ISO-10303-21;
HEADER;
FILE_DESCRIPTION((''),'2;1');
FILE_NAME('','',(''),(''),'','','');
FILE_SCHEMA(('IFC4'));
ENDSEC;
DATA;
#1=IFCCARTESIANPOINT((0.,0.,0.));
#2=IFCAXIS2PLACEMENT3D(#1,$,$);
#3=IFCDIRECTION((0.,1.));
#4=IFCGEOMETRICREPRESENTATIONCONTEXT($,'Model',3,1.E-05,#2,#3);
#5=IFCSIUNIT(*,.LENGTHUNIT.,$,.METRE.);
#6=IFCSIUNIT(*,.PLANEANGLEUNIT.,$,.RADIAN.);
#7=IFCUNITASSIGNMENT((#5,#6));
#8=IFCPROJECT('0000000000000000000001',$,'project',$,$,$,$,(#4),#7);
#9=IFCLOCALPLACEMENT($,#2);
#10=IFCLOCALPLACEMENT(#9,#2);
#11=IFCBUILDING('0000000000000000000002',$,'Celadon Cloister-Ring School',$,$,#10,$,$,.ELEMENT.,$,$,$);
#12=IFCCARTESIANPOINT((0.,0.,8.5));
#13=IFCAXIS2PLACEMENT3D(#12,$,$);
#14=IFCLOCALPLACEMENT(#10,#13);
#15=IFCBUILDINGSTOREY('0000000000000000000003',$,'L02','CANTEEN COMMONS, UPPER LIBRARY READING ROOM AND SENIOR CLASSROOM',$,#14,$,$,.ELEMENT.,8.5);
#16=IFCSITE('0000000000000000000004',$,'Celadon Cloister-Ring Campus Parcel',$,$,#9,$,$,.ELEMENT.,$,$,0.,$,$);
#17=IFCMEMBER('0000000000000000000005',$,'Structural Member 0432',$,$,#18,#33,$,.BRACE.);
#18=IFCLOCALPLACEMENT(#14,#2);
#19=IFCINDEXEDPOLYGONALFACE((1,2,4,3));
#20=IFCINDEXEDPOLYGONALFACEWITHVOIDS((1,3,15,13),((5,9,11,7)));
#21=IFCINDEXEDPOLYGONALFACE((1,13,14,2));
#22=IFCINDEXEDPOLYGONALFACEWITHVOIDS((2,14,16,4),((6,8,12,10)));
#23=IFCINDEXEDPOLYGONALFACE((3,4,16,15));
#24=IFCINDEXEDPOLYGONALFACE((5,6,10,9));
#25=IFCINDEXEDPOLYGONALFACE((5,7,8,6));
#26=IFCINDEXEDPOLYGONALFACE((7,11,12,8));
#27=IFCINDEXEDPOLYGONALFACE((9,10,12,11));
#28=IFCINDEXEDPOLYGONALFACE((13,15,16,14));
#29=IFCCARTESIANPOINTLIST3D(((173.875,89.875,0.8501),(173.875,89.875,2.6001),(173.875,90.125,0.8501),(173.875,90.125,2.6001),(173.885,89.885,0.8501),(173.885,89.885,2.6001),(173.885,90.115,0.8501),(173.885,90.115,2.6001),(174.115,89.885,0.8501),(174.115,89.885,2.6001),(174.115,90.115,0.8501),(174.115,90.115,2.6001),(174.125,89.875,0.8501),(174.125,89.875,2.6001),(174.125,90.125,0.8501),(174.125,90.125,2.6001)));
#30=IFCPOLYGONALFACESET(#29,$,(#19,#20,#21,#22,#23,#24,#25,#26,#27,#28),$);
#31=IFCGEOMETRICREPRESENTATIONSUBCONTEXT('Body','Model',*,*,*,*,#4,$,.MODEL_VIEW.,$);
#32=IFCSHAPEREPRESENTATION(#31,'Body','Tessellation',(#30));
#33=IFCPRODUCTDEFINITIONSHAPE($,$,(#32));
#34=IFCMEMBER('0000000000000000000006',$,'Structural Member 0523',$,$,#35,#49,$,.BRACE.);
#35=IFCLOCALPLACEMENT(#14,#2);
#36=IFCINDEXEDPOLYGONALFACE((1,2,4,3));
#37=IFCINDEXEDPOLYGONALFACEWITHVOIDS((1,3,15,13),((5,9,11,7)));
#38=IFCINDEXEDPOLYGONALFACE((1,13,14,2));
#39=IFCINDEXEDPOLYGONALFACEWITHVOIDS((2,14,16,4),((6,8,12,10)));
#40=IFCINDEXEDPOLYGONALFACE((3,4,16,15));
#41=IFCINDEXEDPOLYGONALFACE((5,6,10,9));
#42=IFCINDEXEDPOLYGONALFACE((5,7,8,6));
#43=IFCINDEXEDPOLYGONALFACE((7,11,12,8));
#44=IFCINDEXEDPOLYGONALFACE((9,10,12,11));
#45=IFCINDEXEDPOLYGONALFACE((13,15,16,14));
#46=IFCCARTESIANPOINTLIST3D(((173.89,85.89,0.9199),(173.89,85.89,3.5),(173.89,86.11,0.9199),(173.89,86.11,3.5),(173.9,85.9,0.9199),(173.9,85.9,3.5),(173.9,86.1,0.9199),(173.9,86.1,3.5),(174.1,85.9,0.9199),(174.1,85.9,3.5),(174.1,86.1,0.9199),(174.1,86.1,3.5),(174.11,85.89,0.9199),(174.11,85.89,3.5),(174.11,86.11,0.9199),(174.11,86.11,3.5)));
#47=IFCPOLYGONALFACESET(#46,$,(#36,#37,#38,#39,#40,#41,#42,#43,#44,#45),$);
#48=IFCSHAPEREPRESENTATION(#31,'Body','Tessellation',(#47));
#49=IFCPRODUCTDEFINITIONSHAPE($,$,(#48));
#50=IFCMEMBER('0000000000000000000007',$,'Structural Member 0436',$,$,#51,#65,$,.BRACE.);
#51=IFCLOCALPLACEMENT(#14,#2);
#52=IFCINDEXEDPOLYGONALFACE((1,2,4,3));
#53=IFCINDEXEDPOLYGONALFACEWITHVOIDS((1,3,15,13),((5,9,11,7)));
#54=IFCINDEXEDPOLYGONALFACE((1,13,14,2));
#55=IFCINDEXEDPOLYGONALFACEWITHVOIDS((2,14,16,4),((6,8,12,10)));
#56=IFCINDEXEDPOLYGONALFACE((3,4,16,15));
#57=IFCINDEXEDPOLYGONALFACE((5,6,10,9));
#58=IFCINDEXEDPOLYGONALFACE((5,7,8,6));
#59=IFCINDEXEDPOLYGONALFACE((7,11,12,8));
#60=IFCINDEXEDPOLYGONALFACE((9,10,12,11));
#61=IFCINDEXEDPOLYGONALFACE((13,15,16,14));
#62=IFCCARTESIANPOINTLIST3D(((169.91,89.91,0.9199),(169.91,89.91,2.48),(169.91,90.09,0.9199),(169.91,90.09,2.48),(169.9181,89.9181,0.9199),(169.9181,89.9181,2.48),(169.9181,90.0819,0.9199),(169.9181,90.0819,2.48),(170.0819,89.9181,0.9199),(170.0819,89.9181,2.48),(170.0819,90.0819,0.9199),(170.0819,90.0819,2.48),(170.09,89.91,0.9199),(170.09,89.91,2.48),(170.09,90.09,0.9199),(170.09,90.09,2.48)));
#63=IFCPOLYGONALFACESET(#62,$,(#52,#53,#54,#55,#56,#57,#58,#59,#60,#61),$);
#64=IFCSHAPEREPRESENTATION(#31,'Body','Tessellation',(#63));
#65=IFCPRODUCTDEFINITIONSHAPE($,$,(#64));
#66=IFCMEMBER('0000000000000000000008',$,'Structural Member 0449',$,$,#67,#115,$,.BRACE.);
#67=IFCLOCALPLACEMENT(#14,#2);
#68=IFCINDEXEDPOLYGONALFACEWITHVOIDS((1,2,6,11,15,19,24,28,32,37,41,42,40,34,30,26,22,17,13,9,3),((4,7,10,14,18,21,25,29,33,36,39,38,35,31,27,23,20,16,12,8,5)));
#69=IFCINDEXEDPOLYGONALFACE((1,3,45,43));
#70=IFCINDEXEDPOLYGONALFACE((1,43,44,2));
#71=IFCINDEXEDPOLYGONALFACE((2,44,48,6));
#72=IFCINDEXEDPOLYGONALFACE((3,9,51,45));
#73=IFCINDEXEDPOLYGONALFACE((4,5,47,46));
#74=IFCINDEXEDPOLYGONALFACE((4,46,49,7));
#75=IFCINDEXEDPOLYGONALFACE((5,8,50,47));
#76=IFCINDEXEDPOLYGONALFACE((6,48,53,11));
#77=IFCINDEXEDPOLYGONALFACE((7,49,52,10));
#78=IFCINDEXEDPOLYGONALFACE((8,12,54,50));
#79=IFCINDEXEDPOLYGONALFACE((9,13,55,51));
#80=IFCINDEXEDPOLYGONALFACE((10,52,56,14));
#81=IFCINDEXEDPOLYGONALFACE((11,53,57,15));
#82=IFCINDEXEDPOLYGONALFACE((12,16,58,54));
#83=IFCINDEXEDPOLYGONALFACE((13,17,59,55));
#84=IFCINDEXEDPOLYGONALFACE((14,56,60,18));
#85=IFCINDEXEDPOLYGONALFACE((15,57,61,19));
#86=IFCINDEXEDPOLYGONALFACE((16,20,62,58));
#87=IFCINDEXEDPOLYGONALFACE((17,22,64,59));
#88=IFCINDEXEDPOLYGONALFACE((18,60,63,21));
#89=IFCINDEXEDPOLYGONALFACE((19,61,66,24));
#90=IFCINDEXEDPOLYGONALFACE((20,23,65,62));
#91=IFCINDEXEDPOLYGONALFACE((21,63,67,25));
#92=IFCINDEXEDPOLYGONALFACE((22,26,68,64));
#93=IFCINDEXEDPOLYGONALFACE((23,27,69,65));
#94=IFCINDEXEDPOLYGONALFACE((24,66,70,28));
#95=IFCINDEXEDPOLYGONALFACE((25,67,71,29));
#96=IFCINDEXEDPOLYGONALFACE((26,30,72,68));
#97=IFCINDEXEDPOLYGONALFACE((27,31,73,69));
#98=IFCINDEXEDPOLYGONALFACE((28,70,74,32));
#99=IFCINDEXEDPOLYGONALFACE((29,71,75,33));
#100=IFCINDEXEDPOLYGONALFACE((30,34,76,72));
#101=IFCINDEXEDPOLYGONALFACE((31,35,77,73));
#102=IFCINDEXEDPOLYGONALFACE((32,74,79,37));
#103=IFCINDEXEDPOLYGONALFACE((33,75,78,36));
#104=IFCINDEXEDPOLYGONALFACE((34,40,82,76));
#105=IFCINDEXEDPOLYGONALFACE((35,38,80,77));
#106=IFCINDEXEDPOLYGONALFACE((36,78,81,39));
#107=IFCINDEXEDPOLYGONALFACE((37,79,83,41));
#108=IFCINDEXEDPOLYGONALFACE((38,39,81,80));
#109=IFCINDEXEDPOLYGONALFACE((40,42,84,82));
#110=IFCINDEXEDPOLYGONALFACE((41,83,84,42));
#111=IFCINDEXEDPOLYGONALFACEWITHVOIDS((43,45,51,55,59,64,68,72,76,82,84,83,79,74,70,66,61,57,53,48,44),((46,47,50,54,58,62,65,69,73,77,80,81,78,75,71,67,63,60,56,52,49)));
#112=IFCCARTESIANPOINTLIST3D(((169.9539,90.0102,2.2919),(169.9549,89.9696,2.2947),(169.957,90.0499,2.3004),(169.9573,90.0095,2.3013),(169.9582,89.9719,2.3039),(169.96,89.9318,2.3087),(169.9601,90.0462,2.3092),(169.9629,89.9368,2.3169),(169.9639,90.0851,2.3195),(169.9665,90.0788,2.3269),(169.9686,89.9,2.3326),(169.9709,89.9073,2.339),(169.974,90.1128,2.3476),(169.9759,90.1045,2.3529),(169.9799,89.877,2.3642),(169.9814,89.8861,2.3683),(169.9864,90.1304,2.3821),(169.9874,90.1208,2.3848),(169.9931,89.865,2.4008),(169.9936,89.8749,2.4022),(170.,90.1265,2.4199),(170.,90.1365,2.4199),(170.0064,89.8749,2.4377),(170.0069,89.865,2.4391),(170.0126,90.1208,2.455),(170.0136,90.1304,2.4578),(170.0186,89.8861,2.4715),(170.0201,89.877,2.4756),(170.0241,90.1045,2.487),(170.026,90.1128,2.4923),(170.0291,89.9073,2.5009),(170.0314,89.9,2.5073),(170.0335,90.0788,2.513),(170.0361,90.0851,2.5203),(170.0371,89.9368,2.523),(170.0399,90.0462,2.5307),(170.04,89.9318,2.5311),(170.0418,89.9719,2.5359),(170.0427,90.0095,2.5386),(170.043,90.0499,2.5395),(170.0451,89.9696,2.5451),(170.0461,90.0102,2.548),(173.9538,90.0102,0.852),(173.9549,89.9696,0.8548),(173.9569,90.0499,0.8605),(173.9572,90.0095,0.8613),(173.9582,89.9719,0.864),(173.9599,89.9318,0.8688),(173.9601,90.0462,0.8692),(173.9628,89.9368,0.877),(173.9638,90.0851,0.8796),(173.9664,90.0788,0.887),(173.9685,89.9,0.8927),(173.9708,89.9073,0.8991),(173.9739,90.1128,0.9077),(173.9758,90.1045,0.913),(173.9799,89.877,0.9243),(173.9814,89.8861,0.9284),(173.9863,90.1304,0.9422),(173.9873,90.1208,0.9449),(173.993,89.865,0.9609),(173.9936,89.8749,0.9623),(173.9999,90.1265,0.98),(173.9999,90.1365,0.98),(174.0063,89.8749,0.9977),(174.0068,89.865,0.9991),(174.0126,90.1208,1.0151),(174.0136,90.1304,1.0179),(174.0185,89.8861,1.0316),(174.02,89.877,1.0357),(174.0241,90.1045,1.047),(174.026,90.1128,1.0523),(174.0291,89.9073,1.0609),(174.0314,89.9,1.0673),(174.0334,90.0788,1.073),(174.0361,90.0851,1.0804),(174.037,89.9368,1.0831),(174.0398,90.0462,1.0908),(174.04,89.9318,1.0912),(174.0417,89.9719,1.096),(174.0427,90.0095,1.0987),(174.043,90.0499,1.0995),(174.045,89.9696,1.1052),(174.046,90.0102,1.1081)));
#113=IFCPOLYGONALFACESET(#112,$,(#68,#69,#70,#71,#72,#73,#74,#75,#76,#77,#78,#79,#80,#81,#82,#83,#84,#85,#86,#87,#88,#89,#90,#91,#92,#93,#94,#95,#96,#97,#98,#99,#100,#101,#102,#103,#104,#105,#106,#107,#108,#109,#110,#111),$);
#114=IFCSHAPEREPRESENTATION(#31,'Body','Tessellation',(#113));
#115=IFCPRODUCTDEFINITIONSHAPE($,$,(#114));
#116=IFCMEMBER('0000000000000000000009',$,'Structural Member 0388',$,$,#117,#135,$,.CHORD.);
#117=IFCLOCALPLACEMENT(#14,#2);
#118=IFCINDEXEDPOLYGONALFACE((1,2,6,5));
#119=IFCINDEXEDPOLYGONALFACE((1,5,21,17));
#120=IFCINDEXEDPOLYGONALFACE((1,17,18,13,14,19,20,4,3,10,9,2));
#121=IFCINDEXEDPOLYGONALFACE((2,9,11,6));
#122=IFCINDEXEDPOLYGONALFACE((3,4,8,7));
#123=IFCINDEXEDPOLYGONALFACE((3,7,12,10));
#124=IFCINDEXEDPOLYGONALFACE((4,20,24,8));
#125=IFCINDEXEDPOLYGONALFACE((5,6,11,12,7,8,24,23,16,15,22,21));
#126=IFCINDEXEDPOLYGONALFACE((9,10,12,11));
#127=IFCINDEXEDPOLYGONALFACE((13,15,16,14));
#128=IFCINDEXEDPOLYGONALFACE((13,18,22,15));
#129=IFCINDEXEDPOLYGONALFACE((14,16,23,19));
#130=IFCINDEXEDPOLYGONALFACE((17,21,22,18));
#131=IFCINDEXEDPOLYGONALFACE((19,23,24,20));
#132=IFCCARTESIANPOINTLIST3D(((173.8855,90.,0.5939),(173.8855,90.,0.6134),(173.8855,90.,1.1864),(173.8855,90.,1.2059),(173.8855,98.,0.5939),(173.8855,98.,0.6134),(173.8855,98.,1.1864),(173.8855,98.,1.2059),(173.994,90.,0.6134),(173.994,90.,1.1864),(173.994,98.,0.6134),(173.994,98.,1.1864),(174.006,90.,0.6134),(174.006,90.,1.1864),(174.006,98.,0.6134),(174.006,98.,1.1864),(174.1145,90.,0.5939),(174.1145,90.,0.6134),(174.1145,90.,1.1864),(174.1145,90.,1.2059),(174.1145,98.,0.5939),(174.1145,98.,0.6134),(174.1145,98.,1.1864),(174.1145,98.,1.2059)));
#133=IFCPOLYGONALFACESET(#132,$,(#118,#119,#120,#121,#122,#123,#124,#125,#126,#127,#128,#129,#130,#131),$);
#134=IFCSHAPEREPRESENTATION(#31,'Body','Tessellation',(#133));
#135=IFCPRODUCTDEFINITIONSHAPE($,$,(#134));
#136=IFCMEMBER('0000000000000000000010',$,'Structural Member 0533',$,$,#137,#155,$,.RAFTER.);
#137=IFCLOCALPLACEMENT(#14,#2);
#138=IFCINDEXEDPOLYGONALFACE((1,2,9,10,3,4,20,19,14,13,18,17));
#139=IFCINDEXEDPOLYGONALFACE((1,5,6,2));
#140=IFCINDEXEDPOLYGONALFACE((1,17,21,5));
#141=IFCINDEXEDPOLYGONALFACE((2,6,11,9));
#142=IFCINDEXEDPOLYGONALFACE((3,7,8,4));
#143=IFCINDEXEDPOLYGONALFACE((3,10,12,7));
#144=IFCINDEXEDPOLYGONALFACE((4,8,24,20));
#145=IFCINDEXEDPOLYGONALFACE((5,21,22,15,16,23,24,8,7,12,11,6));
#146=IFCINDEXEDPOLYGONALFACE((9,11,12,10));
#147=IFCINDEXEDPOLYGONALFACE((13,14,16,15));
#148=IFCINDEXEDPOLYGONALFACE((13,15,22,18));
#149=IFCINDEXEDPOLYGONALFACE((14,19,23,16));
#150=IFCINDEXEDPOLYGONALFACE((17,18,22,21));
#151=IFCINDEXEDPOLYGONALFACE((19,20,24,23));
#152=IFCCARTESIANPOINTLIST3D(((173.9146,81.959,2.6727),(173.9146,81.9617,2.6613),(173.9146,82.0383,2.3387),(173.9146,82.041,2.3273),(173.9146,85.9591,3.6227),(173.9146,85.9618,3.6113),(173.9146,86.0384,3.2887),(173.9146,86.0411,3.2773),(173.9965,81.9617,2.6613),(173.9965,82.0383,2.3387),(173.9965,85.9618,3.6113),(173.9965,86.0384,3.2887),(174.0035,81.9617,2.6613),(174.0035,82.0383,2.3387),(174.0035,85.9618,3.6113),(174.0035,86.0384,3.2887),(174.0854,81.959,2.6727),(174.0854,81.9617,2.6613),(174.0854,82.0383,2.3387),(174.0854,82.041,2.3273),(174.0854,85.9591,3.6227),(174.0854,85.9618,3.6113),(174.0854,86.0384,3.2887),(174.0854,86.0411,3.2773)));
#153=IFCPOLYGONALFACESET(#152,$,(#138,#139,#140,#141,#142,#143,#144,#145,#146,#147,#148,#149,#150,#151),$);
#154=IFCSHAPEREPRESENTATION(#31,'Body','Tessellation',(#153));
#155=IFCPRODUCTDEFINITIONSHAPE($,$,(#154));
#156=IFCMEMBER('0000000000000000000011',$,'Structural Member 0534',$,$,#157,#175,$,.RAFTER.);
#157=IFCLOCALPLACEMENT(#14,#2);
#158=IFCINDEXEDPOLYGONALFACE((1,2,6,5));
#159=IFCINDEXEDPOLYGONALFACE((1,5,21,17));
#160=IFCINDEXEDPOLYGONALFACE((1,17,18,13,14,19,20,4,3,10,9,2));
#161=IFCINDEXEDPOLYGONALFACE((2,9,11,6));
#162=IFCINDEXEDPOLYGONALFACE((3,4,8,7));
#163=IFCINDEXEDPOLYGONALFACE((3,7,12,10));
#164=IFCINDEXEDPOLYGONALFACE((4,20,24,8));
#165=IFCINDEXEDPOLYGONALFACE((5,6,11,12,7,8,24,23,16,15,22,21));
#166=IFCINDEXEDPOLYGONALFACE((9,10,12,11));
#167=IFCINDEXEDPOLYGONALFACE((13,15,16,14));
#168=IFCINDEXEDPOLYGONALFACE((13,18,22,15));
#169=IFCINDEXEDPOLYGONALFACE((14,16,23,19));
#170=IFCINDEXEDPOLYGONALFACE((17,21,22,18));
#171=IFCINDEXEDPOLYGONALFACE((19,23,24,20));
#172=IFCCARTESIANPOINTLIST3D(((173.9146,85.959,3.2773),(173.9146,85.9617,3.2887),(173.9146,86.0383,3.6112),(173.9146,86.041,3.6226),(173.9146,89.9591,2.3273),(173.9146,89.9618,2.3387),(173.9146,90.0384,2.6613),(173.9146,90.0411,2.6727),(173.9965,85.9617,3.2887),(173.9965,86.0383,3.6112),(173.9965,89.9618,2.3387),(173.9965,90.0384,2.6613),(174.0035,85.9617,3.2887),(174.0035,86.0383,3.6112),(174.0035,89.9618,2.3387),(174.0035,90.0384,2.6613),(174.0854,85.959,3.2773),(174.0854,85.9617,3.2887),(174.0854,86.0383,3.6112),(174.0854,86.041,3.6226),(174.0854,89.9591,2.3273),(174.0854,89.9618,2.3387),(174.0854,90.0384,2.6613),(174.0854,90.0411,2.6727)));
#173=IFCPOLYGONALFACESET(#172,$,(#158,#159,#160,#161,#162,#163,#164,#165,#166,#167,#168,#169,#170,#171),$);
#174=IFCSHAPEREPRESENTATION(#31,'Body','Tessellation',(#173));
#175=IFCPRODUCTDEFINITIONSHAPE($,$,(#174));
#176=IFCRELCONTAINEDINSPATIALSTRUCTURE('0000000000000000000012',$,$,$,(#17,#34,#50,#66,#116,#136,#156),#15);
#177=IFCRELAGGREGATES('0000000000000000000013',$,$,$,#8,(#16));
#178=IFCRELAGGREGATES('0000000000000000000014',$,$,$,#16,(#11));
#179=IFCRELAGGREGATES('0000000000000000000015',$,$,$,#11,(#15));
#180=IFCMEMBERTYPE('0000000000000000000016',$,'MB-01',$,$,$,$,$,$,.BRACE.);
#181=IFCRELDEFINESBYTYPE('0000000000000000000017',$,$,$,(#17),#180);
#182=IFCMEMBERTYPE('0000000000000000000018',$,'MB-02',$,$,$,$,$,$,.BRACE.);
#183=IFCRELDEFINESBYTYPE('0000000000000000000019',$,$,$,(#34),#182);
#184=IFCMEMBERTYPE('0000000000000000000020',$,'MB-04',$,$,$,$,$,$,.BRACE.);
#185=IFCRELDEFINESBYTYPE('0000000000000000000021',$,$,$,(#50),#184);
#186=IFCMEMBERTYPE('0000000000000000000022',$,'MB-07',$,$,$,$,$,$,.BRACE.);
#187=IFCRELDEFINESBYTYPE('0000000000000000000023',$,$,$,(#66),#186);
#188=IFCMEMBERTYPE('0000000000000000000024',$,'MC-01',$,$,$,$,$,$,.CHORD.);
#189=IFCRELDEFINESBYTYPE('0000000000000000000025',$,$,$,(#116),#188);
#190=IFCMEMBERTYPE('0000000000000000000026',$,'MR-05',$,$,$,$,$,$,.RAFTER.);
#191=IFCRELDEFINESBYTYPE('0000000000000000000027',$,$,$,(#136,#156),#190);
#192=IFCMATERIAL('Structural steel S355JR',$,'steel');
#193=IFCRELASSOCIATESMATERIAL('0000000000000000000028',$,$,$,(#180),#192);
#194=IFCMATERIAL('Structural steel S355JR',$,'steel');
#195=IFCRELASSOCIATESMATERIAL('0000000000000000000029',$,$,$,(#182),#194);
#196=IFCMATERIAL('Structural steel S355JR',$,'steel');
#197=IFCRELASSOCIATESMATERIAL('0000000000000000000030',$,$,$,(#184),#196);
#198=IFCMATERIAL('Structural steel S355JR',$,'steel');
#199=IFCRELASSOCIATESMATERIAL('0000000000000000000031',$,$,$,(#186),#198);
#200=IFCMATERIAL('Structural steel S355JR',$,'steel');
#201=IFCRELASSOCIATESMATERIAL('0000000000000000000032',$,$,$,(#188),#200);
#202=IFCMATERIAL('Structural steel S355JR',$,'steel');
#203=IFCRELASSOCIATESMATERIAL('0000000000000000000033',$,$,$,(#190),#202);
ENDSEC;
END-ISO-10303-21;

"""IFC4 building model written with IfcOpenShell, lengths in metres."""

from ifc_helpers import new_model, si_unit, direction, frame, origin, origin_2d, place, context, subcontext, project, spatial, hollow_rectangle, hollow_circle, i_section, extrude, material, material_profile, profile_set, type_object, element, save


model = new_model("IFC4")

# Units and contexts
model_context = context("Model", 3, precision=1e-05, world=origin(), true_north=direction((0.0, 1.0)))
body_context = subcontext(model_context, "Body", "Model", "MODEL_VIEW")
ifc_project = project(units=[si_unit("LENGTHUNIT", "METRE"), si_unit("PLANEANGLEUNIT", "RADIAN")], contexts=[model_context])

# Site, building, storey
site_placement = place(None, origin())
site = spatial("IfcSite", under=ifc_project, at=site_placement, Name="Celadon Cloister-Ring Campus Parcel", CompositionType="ELEMENT", RefElevation=0.0)
building_placement = place(site_placement, origin())
building = spatial("IfcBuilding", under=site, at=building_placement, Name="Celadon Cloister-Ring School", CompositionType="ELEMENT")
storey_placement = place(building_placement, frame((0.0, 0.0, 8.5)))
storey = spatial("IfcBuildingStorey", under=building, at=storey_placement, Name="L02", Description="CANTEEN COMMONS, UPPER LIBRARY READING ROOM AND SENIOR CLASSROOM", CompositionType="ELEMENT", Elevation=8.5)

# Members
ifc_material_1 = material(Name="Structural steel S355JR", Category="steel")
ifc_material_profile_1 = material_profile(ifc_material_1, hollow_rectangle(XDim=0.25, YDim=0.25, WallThickness=0.01, at=origin_2d()), Name="HSS250X250X10")
ifc_profile_set_1 = profile_set([ifc_material_profile_1], Name="Structural steel S355JR")
member_type_1 = type_object("IfcMemberType", Name="MB-01", PredefinedType="BRACE", material=ifc_profile_set_1)
member_1_placement = place(storey_placement, frame((174.0, 90.0, 0.8501), z_axis=(0.0, 0.0, 1.0), x_axis=(1.0, 0.0, 0.0)))
element("IfcMember", 1, at=member_1_placement, inside=storey, type_object=member_type_1, Name="Structural Member 0432", PredefinedType="BRACE", context=body_context, shape_type="SweptSolid", body=[
    extrude(hollow_rectangle(XDim=0.25, YDim=0.25, WallThickness=0.01, at=origin_2d()), origin(), (0.0, 0.0, 1.0), 1.75),
])
ifc_material_2 = material(Name="Structural steel S355JR", Category="steel")
ifc_material_profile_2 = material_profile(ifc_material_2, hollow_rectangle(XDim=0.22, YDim=0.22, WallThickness=0.01, at=origin_2d()), Name="HSS220X220X10")
ifc_profile_set_2 = profile_set([ifc_material_profile_2], Name="Structural steel S355JR")
member_type_2 = type_object("IfcMemberType", Name="MB-02", PredefinedType="BRACE", material=ifc_profile_set_2)
member_2_placement = place(storey_placement, frame((174.0, 86.0, 0.9199), z_axis=(0.0, 0.0, 1.0), x_axis=(1.0, 0.0, 0.0)))
element("IfcMember", 2, at=member_2_placement, inside=storey, type_object=member_type_2, Name="Structural Member 0523", PredefinedType="BRACE", context=body_context, shape_type="SweptSolid", body=[
    extrude(hollow_rectangle(XDim=0.22, YDim=0.22, WallThickness=0.01, at=origin_2d()), origin(), (0.0, 0.0, 1.0), 2.5801),
])
ifc_material_3 = material(Name="Structural steel S355JR", Category="steel")
ifc_material_profile_3 = material_profile(ifc_material_3, hollow_rectangle(XDim=0.1799, YDim=0.1799, WallThickness=0.0081, at=origin_2d()), Name="HSS180X180X8")
ifc_profile_set_3 = profile_set([ifc_material_profile_3], Name="Structural steel S355JR")
member_type_3 = type_object("IfcMemberType", Name="MB-04", PredefinedType="BRACE", material=ifc_profile_set_3)
member_3_placement = place(storey_placement, frame((170.0, 90.0, 0.9199), z_axis=(0.0, 0.0, 1.0), x_axis=(1.0, 0.0, 0.0)))
element("IfcMember", 3, at=member_3_placement, inside=storey, type_object=member_type_3, Name="Structural Member 0436", PredefinedType="BRACE", context=body_context, shape_type="SweptSolid", body=[
    extrude(hollow_rectangle(XDim=0.1799, YDim=0.1799, WallThickness=0.0081, at=origin_2d()), origin(), (0.0, 0.0, 1.0), 1.5601),
])
ifc_material_4 = material(Name="Structural steel S355JR", Category="steel")
ifc_material_profile_4 = material_profile(ifc_material_4, hollow_circle(Radius=0.1365, WallThickness=0.01, at=origin_2d()), Name="CHS273.0X10")
ifc_profile_set_4 = profile_set([ifc_material_profile_4], Name="Structural steel S355JR")
member_type_4 = type_object("IfcMemberType", Name="MB-07", PredefinedType="BRACE", material=ifc_profile_set_4)
member_4_placement = place(storey_placement, frame((170.0, 90.0, 2.4199), z_axis=(0.940892, 0.0, -0.338707), x_axis=(0.0, 1.0, 0.0)))
element("IfcMember", 4, at=member_4_placement, inside=storey, type_object=member_type_4, Name="Structural Member 0449", PredefinedType="BRACE", context=body_context, shape_type="SweptSolid", body=[
    extrude(hollow_circle(Radius=0.1365, WallThickness=0.01, at=origin_2d()), origin(), (0.0, 0.0, 1.0), 4.2512),
])
ifc_material_5 = material(Name="Structural steel S355JR", Category="steel")
ifc_material_profile_5 = material_profile(ifc_material_5, i_section(OverallWidth=0.229, OverallDepth=0.6121, WebThickness=0.012, FlangeThickness=0.0195, at=origin_2d()), Name="W610X125")
ifc_profile_set_5 = profile_set([ifc_material_profile_5], Name="Structural steel S355JR")
member_type_5 = type_object("IfcMemberType", Name="MC-01", PredefinedType="CHORD", material=ifc_profile_set_5)
member_5_placement = place(storey_placement, frame((174.0, 90.0, 0.8999), z_axis=(0.0, 1.0, 0.0), x_axis=(-1.0, 0.0, 0.0)))
element("IfcMember", 5, at=member_5_placement, inside=storey, type_object=member_type_5, Name="Structural Member 0388", PredefinedType="CHORD", context=body_context, shape_type="SweptSolid", body=[
    extrude(i_section(OverallWidth=0.229, OverallDepth=0.6121, WebThickness=0.012, FlangeThickness=0.0195, at=origin_2d()), origin(), (0.0, 0.0, 1.0), 8.0),
])
ifc_material_6 = material(Name="Structural steel S355JR", Category="steel")
ifc_material_profile_6 = material_profile(ifc_material_6, i_section(OverallWidth=0.1709, OverallDepth=0.355, WebThickness=0.0071, FlangeThickness=0.0117, at=origin_2d()), Name="W360X51")
ifc_profile_set_6 = profile_set([ifc_material_profile_6], Name="Structural steel S355JR")
member_type_6 = type_object("IfcMemberType", Name="MR-05", PredefinedType="RAFTER", material=ifc_profile_set_6)
for number, where, z_axis, x_axis, name in (
    (6, (174.0, 82.0, 2.5), (0.0, 0.972939, 0.231061), (-1.0, 0.0, 0.0), "Structural Member 0533"),
    (7, (174.0, 86.0, 3.45), (0.0, 0.972939, -0.231061), (-1.0, 0.0, 0.0), "Structural Member 0534"),
):
    element("IfcMember", number, at=place(storey_placement, frame(where, z_axis=z_axis, x_axis=x_axis)), inside=storey, type_object=member_type_6, Name=name, PredefinedType="RAFTER", context=body_context, shape_type="SweptSolid", body=[
        extrude(i_section(OverallWidth=0.1709, OverallDepth=0.355, WebThickness=0.0071, FlangeThickness=0.0117, at=origin_2d()), origin(), (0.0, 0.0, 1.0), 4.1113),
    ])

save(model, "model.ifc")
